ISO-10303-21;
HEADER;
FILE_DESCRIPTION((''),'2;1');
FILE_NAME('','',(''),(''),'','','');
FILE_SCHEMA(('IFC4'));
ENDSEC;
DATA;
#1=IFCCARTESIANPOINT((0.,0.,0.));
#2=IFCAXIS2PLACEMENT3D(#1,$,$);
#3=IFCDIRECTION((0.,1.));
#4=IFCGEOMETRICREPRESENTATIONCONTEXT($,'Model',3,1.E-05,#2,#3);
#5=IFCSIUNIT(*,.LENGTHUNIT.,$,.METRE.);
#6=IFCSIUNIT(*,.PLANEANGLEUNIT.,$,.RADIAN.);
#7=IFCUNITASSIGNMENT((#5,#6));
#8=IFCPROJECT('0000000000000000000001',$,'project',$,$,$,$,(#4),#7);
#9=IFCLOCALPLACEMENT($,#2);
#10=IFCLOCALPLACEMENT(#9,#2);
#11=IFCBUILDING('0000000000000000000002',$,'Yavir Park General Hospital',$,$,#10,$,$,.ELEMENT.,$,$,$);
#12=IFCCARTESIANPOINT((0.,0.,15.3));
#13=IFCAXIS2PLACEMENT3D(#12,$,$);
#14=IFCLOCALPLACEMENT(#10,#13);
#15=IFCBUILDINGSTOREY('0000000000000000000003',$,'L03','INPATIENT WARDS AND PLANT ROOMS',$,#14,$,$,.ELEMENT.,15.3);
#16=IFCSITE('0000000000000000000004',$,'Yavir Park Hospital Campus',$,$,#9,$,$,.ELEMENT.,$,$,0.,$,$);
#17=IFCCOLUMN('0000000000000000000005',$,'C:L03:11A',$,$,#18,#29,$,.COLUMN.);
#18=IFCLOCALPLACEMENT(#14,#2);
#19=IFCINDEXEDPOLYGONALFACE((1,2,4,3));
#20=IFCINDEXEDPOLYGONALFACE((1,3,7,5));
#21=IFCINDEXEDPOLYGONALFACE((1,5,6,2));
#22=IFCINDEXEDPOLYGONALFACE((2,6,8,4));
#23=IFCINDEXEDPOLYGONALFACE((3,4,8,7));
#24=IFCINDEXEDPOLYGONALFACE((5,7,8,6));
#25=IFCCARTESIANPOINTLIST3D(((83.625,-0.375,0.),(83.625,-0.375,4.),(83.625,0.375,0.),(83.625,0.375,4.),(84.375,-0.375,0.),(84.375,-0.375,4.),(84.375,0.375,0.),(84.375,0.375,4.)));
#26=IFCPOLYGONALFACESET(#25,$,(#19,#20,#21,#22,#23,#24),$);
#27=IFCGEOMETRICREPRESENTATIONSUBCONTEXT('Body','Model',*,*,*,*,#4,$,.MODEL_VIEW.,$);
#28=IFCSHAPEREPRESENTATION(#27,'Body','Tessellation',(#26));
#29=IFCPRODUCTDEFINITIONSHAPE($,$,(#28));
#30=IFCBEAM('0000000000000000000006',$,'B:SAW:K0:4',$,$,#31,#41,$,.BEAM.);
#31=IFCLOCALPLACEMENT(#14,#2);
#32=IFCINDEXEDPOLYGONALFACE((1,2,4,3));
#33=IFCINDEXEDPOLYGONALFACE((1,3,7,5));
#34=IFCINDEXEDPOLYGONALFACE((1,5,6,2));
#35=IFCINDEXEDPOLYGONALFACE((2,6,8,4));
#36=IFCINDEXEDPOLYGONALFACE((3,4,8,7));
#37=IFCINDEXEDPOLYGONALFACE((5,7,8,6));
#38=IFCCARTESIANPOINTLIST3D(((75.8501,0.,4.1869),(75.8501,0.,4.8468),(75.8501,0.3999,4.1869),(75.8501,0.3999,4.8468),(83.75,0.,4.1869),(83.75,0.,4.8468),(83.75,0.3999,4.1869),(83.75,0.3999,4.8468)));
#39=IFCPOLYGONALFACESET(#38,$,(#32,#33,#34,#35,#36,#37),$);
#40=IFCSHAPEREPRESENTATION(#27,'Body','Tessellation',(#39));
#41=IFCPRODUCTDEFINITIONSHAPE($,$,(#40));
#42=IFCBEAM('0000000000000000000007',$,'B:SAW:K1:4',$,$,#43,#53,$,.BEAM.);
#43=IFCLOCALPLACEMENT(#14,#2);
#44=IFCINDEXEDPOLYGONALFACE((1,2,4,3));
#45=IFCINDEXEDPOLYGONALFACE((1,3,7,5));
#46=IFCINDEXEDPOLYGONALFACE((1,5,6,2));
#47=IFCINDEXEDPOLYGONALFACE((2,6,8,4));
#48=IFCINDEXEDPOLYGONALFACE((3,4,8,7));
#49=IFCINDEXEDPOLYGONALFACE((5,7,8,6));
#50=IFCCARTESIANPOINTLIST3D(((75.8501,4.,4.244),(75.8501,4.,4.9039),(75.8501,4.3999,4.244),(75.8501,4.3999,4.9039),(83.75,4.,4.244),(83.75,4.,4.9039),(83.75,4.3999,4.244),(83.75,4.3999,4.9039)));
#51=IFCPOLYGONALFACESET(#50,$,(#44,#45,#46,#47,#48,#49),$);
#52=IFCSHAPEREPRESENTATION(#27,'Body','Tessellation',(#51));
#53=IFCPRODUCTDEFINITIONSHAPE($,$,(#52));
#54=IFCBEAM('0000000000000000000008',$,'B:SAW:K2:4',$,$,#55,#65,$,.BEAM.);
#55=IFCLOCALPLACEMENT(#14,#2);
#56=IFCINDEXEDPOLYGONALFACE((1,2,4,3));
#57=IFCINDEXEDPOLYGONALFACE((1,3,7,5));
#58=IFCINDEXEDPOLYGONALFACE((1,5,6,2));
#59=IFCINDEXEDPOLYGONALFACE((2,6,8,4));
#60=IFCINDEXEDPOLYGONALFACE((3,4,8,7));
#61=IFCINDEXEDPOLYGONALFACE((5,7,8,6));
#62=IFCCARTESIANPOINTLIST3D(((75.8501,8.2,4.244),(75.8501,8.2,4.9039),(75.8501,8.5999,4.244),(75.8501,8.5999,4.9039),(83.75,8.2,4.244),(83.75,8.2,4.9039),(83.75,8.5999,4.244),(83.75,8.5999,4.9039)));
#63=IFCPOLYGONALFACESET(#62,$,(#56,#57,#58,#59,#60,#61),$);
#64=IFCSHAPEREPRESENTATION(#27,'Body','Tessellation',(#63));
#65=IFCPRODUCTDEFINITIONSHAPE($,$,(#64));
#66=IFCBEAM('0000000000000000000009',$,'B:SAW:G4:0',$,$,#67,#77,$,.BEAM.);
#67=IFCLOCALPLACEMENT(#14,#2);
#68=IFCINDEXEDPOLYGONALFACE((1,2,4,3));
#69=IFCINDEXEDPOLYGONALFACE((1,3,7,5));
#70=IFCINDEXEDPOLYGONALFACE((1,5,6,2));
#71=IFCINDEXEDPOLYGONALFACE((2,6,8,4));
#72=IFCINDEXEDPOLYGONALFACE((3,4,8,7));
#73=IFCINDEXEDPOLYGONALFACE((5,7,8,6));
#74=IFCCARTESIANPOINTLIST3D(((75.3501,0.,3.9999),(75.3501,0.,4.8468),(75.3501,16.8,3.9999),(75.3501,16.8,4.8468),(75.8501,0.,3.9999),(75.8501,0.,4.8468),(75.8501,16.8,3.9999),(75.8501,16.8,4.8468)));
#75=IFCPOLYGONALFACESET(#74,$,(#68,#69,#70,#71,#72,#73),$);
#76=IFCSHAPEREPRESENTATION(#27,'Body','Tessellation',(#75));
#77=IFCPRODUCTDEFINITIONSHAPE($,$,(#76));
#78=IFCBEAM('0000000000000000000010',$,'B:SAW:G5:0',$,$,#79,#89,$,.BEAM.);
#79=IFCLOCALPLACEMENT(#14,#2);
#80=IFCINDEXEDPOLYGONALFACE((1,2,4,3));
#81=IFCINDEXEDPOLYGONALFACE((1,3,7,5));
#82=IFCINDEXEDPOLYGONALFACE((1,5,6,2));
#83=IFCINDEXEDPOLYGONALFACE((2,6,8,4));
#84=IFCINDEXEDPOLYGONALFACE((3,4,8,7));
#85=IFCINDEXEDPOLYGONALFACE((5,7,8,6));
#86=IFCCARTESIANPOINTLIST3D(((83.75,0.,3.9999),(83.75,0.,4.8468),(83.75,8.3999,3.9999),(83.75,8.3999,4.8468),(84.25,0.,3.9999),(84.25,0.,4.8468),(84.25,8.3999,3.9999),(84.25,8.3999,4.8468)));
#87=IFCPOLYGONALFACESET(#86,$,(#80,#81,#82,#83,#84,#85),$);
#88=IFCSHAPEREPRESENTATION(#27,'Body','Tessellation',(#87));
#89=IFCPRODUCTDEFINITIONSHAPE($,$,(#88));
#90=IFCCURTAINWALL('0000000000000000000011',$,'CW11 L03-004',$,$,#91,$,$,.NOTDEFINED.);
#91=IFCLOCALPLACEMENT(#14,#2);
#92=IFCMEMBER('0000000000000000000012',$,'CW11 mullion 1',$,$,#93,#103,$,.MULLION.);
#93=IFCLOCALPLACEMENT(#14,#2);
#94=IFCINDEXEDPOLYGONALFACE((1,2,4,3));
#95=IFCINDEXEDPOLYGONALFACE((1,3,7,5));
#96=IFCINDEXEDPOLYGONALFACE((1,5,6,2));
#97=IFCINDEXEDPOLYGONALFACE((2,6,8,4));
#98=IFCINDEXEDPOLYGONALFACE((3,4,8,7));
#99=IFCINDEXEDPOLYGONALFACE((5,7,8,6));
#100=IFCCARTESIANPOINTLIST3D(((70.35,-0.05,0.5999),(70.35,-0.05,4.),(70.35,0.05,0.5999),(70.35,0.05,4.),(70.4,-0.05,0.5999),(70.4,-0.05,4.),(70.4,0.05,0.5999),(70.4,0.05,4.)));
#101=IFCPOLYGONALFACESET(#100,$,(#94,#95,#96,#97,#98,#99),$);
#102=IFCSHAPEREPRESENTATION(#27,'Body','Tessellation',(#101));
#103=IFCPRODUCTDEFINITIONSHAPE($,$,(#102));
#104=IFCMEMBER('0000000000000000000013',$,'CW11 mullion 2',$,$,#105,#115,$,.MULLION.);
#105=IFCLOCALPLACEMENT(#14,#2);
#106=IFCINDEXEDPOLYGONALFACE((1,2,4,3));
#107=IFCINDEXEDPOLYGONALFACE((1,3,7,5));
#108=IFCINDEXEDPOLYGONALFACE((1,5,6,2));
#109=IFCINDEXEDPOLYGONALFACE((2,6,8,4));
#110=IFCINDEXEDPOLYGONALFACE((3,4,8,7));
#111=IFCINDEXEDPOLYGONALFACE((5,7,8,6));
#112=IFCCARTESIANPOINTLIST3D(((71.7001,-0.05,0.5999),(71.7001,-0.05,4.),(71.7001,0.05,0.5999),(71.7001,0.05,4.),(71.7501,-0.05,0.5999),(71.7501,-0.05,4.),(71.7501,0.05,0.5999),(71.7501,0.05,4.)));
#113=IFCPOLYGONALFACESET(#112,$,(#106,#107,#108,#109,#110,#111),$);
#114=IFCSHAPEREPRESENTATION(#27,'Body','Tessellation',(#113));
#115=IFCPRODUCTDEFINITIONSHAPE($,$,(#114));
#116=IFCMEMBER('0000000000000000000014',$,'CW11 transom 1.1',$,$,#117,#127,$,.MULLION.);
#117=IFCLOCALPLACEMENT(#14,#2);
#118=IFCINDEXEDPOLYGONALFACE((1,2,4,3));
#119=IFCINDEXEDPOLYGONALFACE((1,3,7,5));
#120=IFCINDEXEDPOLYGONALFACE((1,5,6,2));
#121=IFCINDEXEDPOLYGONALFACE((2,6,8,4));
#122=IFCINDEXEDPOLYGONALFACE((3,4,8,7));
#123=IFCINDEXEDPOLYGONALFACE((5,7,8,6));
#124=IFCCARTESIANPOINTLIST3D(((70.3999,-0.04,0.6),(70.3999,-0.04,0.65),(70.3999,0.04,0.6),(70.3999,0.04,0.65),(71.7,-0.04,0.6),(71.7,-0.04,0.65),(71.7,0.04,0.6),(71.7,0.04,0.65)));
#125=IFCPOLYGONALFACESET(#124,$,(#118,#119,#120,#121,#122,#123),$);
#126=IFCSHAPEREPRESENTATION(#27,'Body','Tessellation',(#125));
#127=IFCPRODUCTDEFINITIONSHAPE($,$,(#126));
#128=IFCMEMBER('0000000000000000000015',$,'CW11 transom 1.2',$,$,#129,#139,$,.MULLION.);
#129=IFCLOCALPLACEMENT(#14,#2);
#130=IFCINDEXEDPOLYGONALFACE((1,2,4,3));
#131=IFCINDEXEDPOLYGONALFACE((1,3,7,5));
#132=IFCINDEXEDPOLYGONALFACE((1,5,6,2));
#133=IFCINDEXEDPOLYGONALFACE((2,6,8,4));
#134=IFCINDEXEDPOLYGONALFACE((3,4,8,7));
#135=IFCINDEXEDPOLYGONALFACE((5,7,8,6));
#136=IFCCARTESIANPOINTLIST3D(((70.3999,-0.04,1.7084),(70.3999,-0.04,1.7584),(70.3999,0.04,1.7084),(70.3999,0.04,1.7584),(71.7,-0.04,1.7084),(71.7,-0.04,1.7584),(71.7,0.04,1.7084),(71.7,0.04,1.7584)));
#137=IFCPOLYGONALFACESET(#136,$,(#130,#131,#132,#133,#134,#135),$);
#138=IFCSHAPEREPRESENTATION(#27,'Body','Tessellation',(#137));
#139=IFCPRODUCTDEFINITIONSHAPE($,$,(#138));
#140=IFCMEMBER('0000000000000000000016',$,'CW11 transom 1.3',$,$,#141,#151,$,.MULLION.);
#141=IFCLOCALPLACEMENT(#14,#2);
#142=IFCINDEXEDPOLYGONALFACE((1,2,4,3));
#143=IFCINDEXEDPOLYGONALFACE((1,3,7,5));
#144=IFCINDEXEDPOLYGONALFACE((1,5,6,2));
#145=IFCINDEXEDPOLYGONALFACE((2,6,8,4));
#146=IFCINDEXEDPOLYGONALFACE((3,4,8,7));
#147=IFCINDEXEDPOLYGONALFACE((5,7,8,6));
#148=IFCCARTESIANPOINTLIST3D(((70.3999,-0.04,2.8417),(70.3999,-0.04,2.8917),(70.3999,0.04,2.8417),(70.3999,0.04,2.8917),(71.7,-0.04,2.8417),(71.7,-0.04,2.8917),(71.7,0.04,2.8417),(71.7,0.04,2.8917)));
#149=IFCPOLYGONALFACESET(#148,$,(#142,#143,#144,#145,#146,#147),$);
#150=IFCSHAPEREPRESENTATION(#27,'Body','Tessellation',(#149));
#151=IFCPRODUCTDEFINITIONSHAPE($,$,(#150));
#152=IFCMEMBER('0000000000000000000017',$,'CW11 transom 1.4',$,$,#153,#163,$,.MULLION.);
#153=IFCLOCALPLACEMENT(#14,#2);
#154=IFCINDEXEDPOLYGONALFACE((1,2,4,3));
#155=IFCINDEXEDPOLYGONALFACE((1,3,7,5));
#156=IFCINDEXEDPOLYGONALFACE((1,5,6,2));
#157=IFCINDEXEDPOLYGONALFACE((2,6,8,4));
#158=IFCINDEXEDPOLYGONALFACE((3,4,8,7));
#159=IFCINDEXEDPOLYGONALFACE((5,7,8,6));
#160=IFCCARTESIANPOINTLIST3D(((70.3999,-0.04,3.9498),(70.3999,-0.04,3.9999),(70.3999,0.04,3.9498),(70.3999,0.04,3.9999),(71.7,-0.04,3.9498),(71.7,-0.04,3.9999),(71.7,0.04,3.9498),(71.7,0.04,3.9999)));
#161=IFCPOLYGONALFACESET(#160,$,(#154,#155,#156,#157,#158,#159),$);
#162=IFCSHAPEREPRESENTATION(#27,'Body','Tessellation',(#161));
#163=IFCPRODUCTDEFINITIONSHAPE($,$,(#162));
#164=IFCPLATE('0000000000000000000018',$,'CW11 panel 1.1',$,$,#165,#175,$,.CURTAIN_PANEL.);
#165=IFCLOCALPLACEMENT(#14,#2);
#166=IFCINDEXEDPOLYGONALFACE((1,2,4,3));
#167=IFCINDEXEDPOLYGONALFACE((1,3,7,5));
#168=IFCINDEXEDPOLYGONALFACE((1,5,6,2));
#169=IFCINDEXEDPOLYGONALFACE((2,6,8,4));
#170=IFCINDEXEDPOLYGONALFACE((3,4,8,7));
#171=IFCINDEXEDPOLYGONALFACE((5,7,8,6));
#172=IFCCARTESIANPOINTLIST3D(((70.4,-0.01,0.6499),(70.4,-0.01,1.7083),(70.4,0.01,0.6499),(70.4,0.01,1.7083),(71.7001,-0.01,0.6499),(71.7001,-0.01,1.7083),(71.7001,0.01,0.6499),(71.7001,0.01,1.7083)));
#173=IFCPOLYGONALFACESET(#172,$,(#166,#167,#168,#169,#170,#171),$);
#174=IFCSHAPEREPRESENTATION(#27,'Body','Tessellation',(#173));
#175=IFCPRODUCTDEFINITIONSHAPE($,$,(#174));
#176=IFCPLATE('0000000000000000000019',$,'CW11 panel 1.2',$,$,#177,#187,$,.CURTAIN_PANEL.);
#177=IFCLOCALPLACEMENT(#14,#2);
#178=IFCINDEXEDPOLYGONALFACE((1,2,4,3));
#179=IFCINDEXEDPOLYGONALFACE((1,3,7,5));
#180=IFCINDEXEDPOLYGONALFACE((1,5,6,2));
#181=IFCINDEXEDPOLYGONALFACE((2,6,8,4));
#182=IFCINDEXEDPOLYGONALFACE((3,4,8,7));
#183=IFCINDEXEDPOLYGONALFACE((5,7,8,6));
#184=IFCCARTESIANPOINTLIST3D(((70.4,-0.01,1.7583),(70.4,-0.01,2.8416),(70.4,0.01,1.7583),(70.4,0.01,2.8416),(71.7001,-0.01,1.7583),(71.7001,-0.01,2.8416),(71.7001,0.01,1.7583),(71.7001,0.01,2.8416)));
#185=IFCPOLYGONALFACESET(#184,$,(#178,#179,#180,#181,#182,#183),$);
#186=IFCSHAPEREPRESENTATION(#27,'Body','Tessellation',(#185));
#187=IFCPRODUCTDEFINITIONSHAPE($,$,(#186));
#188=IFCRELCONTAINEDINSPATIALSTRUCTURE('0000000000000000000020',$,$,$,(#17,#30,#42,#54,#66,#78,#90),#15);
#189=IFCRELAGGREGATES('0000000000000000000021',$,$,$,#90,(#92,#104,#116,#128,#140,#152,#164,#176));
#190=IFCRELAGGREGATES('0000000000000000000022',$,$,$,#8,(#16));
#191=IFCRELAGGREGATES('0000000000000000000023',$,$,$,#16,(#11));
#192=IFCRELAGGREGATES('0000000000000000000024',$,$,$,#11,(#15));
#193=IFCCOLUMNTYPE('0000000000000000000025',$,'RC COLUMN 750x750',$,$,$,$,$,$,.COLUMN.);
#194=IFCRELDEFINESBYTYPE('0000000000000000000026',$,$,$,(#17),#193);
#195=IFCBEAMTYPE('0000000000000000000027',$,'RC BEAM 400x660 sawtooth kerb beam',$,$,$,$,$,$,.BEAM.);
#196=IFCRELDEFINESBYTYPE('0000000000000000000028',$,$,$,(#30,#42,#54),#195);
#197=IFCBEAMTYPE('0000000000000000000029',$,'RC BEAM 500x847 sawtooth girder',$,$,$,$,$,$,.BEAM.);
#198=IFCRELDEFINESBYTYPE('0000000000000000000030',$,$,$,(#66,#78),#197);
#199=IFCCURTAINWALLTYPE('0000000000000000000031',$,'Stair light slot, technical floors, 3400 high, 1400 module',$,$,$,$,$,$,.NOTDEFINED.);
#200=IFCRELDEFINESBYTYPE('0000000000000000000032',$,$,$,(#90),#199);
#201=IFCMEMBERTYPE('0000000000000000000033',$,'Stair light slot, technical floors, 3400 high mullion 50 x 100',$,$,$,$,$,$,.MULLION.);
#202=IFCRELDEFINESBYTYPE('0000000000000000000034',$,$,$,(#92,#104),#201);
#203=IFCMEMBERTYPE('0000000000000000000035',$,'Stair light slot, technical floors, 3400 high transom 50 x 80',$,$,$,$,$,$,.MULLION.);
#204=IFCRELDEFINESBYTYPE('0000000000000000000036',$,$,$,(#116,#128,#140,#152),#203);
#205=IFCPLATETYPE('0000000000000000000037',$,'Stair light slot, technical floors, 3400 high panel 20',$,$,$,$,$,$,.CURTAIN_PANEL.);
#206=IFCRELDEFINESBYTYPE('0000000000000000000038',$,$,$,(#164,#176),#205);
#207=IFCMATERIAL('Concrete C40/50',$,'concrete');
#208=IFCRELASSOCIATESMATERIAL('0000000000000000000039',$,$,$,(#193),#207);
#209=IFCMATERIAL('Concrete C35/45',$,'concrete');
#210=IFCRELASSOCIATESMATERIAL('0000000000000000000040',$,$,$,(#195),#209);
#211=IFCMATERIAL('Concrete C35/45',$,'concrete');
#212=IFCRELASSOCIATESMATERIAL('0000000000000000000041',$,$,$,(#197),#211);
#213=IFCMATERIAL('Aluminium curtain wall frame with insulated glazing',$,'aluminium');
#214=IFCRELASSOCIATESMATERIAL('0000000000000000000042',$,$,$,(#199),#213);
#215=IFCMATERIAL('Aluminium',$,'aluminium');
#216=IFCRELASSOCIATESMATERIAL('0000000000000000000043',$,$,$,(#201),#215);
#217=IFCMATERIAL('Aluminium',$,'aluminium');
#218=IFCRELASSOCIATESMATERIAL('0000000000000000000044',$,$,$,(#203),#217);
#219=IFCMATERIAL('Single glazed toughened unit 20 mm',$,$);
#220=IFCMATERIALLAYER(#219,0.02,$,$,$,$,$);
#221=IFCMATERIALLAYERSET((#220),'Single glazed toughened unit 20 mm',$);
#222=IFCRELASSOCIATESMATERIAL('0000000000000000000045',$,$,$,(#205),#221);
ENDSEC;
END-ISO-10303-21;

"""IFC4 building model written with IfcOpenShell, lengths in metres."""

from ifc_helpers import new_model, si_unit, direction, frame, origin, origin_2d, place, context, subcontext, project, spatial, rectangle, extrude, material, layer, layer_set, material_profile, profile_set, type_object, element, aggregate, save


model = new_model("IFC4")

# Units and contexts
model_context = context("Model", 3, precision=1e-05, world=origin(), true_north=direction((0.0, 1.0)))
body_context = subcontext(model_context, "Body", "Model", "MODEL_VIEW")
ifc_project = project(units=[si_unit("LENGTHUNIT", "METRE"), si_unit("PLANEANGLEUNIT", "RADIAN")], contexts=[model_context])

# Site, building, storey
site_placement = place(None, origin())
site = spatial("IfcSite", under=ifc_project, at=site_placement, Name="Yavir Park Hospital Campus", CompositionType="ELEMENT", RefElevation=0.0)
building_placement = place(site_placement, origin())
building = spatial("IfcBuilding", under=site, at=building_placement, Name="Yavir Park General Hospital", CompositionType="ELEMENT")
storey_placement = place(building_placement, frame((0.0, 0.0, 15.3)))
storey = spatial("IfcBuildingStorey", under=building, at=storey_placement, Name="L03", Description="INPATIENT WARDS AND PLANT ROOMS", CompositionType="ELEMENT", Elevation=15.3)

# Column
ifc_material_1 = material(Name="Concrete C40/50", Category="concrete")
ifc_material_profile_1 = material_profile(ifc_material_1, rectangle(XDim=0.75, YDim=0.75, at=origin_2d()), Name="RC750x750")
ifc_profile_set_1 = profile_set([ifc_material_profile_1], Name="Concrete C40/50")
column_type = type_object("IfcColumnType", Name="RC COLUMN 750x750", PredefinedType="COLUMN", material=ifc_profile_set_1)
column_placement = place(storey_placement, frame((84.0, 0.0, 0.0), z_axis=(0.0, 0.0, 1.0), x_axis=(1.0, 0.0, 0.0)))
element("IfcColumn", 1, at=column_placement, inside=storey, type_object=column_type, Name="C:L03:11A", PredefinedType="COLUMN", context=body_context, shape_type="SweptSolid", body=[
    extrude(rectangle(XDim=0.75, YDim=0.75, at=origin_2d()), origin(), (0.0, 0.0, 1.0), 4.0),
])

# Beams
ifc_material_2 = material(Name="Concrete C35/45", Category="concrete")
ifc_material_profile_2 = material_profile(ifc_material_2, rectangle(XDim=0.3999, YDim=0.6599, at=origin_2d()), Name="RC400x660")
ifc_profile_set_2 = profile_set([ifc_material_profile_2], Name="Concrete C35/45")
beam_type_1 = type_object("IfcBeamType", Name="RC BEAM 400x660 sawtooth kerb beam", PredefinedType="BEAM", material=ifc_profile_set_2)
for number, where, z_axis, x_axis, name in (
    (2, (75.8501, 0.2, 4.5168), (1.0, 0.0, 0.0), (0.0, 1.0, 0.0), "B:SAW:K0:4"),
    (3, (75.8501, 4.2, 4.574), (1.0, 0.0, 0.0), (0.0, 1.0, 0.0), "B:SAW:K1:4"),
    (4, (75.8501, 8.3999, 4.574), (1.0, 0.0, 0.0), (0.0, 1.0, 0.0), "B:SAW:K2:4"),
):
    element("IfcBeam", number, at=place(storey_placement, frame(where, z_axis=z_axis, x_axis=x_axis)), inside=storey, type_object=beam_type_1, Name=name, PredefinedType="BEAM", context=body_context, shape_type="SweptSolid", body=[
        extrude(rectangle(XDim=0.3999, YDim=0.6599, at=origin_2d()), origin(), (0.0, 0.0, 1.0), 7.8999),
    ])
ifc_material_3 = material(Name="Concrete C35/45", Category="concrete")
ifc_material_profile_3 = material_profile(ifc_material_3, rectangle(XDim=0.5, YDim=0.8469, at=origin_2d()), Name="RC500x847")
ifc_profile_set_3 = profile_set([ifc_material_profile_3], Name="Concrete C35/45")
beam_type_2 = type_object("IfcBeamType", Name="RC BEAM 500x847 sawtooth girder", PredefinedType="BEAM", material=ifc_profile_set_3)
beam_1_placement = place(storey_placement, frame((75.6001, 0.0, 4.4233), z_axis=(0.0, 1.0, 0.0), x_axis=(-1.0, 0.0, 0.0)))
element("IfcBeam", 5, at=beam_1_placement, inside=storey, type_object=beam_type_2, Name="B:SAW:G4:0", PredefinedType="BEAM", context=body_context, shape_type="SweptSolid", body=[
    extrude(rectangle(XDim=0.5, YDim=0.8469, at=origin_2d()), origin(), (0.0, 0.0, 1.0), 16.8),
])
beam_2_placement = place(storey_placement, frame((84.0, 0.0, 4.4233), z_axis=(0.0, 1.0, 0.0), x_axis=(-1.0, 0.0, 0.0)))
element("IfcBeam", 6, at=beam_2_placement, inside=storey, type_object=beam_type_2, Name="B:SAW:G5:0", PredefinedType="BEAM", context=body_context, shape_type="SweptSolid", body=[
    extrude(rectangle(XDim=0.5, YDim=0.8469, at=origin_2d()), origin(), (0.0, 0.0, 1.0), 8.3999),
])

# Curtain wall, members, plates
ifc_material_4 = material(Name="Aluminium curtain wall frame with insulated glazing", Category="aluminium")
curtain_wall_type = type_object("IfcCurtainWallType", Name="Stair light slot, technical floors, 3400 high, 1400 module", PredefinedType="NOTDEFINED", material=ifc_material_4)
curtain_wall_placement = place(storey_placement, origin())
curtain_wall = element("IfcCurtainWall", 7, at=curtain_wall_placement, inside=storey, type_object=curtain_wall_type, Name="CW11 L03-004", PredefinedType="NOTDEFINED")
ifc_material_5 = material(Name="Aluminium", Category="aluminium")
ifc_material_profile_4 = material_profile(ifc_material_5, rectangle(XDim=0.1001, YDim=0.05, at=origin_2d()), Name="AL 50x100")
ifc_profile_set_4 = profile_set([ifc_material_profile_4], Name="Aluminium")
member_type_1 = type_object("IfcMemberType", Name="Stair light slot, technical floors, 3400 high mullion 50 x 100", PredefinedType="MULLION", material=ifc_profile_set_4)
member_1_placement = place(storey_placement, frame((70.375, 0.0, 0.5999), z_axis=(0.0, 0.0, 1.0), x_axis=(0.0, 1.0, 0.0)))
member_1 = element("IfcMember", 8, at=member_1_placement, type_object=member_type_1, Name="CW11 mullion 1", PredefinedType="MULLION", context=body_context, shape_type="SweptSolid", body=[
    extrude(rectangle(XDim=0.1001, YDim=0.05, at=origin_2d()), origin(), (0.0, 0.0, 1.0), 3.4001),
])
member_2_placement = place(storey_placement, frame((71.7251, 0.0, 0.5999), z_axis=(0.0, 0.0, 1.0), x_axis=(0.0, 1.0, 0.0)))
member_2 = element("IfcMember", 9, at=member_2_placement, type_object=member_type_1, Name="CW11 mullion 2", PredefinedType="MULLION", context=body_context, shape_type="SweptSolid", body=[
    extrude(rectangle(XDim=0.1001, YDim=0.05, at=origin_2d()), origin(), (0.0, 0.0, 1.0), 3.4001),
])
ifc_material_6 = material(Name="Aluminium", Category="aluminium")
ifc_material_profile_5 = material_profile(ifc_material_6, rectangle(XDim=0.0801, YDim=0.05, at=origin_2d()), Name="AL 80x50")
ifc_profile_set_5 = profile_set([ifc_material_profile_5], Name="Aluminium")
member_type_2 = type_object("IfcMemberType", Name="Stair light slot, technical floors, 3400 high transom 50 x 80", PredefinedType="MULLION", material=ifc_profile_set_5)
member_3_placement = place(storey_placement, frame((70.3999, 0.0, 0.625), z_axis=(1.0, 0.0, 0.0), x_axis=(0.0, 1.0, 0.0)))
member_3 = element("IfcMember", 10, at=member_3_placement, type_object=member_type_2, Name="CW11 transom 1.1", PredefinedType="MULLION", context=body_context, shape_type="SweptSolid", body=[
    extrude(rectangle(XDim=0.0801, YDim=0.05, at=origin_2d()), origin(), (0.0, 0.0, 1.0), 1.3),
])
member_4_placement = place(storey_placement, frame((70.3999, 0.0, 1.7334), z_axis=(1.0, 0.0, 0.0), x_axis=(0.0, 1.0, 0.0)))
member_4 = element("IfcMember", 11, at=member_4_placement, type_object=member_type_2, Name="CW11 transom 1.2", PredefinedType="MULLION", context=body_context, shape_type="SweptSolid", body=[
    extrude(rectangle(XDim=0.0801, YDim=0.05, at=origin_2d()), origin(), (0.0, 0.0, 1.0), 1.3),
])
member_5_placement = place(storey_placement, frame((70.3999, 0.0, 2.8667), z_axis=(1.0, 0.0, 0.0), x_axis=(0.0, 1.0, 0.0)))
member_5 = element("IfcMember", 12, at=member_5_placement, type_object=member_type_2, Name="CW11 transom 1.3", PredefinedType="MULLION", context=body_context, shape_type="SweptSolid", body=[
    extrude(rectangle(XDim=0.0801, YDim=0.05, at=origin_2d()), origin(), (0.0, 0.0, 1.0), 1.3),
])
member_6_placement = place(storey_placement, frame((70.3999, 0.0, 3.9749), z_axis=(1.0, 0.0, 0.0), x_axis=(0.0, 1.0, 0.0)))
member_6 = element("IfcMember", 13, at=member_6_placement, type_object=member_type_2, Name="CW11 transom 1.4", PredefinedType="MULLION", context=body_context, shape_type="SweptSolid", body=[
    extrude(rectangle(XDim=0.0801, YDim=0.05, at=origin_2d()), origin(), (0.0, 0.0, 1.0), 1.3),
])
ifc_material_7 = material(Name="Single glazed toughened unit 20 mm")
ifc_layer_1 = layer(ifc_material_7, 0.02)
ifc_layer_set_1 = layer_set([ifc_layer_1], Name="Single glazed toughened unit 20 mm")
plate_type = type_object("IfcPlateType", Name="Stair light slot, technical floors, 3400 high panel 20", PredefinedType="CURTAIN_PANEL", material=ifc_layer_set_1)
plate_1_placement = place(storey_placement, frame((71.05, 0.0, 0.6499), z_axis=(0.0, 0.0, 1.0), x_axis=(1.0, 0.0, 0.0)))
plate_1 = element("IfcPlate", 14, at=plate_1_placement, type_object=plate_type, Name="CW11 panel 1.1", PredefinedType="CURTAIN_PANEL", context=body_context, shape_type="SweptSolid", body=[
    extrude(rectangle(XDim=1.3, YDim=0.02, at=origin_2d()), origin(), (0.0, 0.0, 1.0), 1.0583),
])
plate_2_placement = place(storey_placement, frame((71.05, 0.0, 1.7583), z_axis=(0.0, 0.0, 1.0), x_axis=(1.0, 0.0, 0.0)))
plate_2 = element("IfcPlate", 15, at=plate_2_placement, type_object=plate_type, Name="CW11 panel 1.2", PredefinedType="CURTAIN_PANEL", context=body_context, shape_type="SweptSolid", body=[
    extrude(rectangle(XDim=1.3, YDim=0.02, at=origin_2d()), origin(), (0.0, 0.0, 1.0), 1.0833),
])
aggregate(curtain_wall, [member_1, member_2, member_3, member_4, member_5, member_6, plate_1, plate_2])

save(model, "model.ifc")
